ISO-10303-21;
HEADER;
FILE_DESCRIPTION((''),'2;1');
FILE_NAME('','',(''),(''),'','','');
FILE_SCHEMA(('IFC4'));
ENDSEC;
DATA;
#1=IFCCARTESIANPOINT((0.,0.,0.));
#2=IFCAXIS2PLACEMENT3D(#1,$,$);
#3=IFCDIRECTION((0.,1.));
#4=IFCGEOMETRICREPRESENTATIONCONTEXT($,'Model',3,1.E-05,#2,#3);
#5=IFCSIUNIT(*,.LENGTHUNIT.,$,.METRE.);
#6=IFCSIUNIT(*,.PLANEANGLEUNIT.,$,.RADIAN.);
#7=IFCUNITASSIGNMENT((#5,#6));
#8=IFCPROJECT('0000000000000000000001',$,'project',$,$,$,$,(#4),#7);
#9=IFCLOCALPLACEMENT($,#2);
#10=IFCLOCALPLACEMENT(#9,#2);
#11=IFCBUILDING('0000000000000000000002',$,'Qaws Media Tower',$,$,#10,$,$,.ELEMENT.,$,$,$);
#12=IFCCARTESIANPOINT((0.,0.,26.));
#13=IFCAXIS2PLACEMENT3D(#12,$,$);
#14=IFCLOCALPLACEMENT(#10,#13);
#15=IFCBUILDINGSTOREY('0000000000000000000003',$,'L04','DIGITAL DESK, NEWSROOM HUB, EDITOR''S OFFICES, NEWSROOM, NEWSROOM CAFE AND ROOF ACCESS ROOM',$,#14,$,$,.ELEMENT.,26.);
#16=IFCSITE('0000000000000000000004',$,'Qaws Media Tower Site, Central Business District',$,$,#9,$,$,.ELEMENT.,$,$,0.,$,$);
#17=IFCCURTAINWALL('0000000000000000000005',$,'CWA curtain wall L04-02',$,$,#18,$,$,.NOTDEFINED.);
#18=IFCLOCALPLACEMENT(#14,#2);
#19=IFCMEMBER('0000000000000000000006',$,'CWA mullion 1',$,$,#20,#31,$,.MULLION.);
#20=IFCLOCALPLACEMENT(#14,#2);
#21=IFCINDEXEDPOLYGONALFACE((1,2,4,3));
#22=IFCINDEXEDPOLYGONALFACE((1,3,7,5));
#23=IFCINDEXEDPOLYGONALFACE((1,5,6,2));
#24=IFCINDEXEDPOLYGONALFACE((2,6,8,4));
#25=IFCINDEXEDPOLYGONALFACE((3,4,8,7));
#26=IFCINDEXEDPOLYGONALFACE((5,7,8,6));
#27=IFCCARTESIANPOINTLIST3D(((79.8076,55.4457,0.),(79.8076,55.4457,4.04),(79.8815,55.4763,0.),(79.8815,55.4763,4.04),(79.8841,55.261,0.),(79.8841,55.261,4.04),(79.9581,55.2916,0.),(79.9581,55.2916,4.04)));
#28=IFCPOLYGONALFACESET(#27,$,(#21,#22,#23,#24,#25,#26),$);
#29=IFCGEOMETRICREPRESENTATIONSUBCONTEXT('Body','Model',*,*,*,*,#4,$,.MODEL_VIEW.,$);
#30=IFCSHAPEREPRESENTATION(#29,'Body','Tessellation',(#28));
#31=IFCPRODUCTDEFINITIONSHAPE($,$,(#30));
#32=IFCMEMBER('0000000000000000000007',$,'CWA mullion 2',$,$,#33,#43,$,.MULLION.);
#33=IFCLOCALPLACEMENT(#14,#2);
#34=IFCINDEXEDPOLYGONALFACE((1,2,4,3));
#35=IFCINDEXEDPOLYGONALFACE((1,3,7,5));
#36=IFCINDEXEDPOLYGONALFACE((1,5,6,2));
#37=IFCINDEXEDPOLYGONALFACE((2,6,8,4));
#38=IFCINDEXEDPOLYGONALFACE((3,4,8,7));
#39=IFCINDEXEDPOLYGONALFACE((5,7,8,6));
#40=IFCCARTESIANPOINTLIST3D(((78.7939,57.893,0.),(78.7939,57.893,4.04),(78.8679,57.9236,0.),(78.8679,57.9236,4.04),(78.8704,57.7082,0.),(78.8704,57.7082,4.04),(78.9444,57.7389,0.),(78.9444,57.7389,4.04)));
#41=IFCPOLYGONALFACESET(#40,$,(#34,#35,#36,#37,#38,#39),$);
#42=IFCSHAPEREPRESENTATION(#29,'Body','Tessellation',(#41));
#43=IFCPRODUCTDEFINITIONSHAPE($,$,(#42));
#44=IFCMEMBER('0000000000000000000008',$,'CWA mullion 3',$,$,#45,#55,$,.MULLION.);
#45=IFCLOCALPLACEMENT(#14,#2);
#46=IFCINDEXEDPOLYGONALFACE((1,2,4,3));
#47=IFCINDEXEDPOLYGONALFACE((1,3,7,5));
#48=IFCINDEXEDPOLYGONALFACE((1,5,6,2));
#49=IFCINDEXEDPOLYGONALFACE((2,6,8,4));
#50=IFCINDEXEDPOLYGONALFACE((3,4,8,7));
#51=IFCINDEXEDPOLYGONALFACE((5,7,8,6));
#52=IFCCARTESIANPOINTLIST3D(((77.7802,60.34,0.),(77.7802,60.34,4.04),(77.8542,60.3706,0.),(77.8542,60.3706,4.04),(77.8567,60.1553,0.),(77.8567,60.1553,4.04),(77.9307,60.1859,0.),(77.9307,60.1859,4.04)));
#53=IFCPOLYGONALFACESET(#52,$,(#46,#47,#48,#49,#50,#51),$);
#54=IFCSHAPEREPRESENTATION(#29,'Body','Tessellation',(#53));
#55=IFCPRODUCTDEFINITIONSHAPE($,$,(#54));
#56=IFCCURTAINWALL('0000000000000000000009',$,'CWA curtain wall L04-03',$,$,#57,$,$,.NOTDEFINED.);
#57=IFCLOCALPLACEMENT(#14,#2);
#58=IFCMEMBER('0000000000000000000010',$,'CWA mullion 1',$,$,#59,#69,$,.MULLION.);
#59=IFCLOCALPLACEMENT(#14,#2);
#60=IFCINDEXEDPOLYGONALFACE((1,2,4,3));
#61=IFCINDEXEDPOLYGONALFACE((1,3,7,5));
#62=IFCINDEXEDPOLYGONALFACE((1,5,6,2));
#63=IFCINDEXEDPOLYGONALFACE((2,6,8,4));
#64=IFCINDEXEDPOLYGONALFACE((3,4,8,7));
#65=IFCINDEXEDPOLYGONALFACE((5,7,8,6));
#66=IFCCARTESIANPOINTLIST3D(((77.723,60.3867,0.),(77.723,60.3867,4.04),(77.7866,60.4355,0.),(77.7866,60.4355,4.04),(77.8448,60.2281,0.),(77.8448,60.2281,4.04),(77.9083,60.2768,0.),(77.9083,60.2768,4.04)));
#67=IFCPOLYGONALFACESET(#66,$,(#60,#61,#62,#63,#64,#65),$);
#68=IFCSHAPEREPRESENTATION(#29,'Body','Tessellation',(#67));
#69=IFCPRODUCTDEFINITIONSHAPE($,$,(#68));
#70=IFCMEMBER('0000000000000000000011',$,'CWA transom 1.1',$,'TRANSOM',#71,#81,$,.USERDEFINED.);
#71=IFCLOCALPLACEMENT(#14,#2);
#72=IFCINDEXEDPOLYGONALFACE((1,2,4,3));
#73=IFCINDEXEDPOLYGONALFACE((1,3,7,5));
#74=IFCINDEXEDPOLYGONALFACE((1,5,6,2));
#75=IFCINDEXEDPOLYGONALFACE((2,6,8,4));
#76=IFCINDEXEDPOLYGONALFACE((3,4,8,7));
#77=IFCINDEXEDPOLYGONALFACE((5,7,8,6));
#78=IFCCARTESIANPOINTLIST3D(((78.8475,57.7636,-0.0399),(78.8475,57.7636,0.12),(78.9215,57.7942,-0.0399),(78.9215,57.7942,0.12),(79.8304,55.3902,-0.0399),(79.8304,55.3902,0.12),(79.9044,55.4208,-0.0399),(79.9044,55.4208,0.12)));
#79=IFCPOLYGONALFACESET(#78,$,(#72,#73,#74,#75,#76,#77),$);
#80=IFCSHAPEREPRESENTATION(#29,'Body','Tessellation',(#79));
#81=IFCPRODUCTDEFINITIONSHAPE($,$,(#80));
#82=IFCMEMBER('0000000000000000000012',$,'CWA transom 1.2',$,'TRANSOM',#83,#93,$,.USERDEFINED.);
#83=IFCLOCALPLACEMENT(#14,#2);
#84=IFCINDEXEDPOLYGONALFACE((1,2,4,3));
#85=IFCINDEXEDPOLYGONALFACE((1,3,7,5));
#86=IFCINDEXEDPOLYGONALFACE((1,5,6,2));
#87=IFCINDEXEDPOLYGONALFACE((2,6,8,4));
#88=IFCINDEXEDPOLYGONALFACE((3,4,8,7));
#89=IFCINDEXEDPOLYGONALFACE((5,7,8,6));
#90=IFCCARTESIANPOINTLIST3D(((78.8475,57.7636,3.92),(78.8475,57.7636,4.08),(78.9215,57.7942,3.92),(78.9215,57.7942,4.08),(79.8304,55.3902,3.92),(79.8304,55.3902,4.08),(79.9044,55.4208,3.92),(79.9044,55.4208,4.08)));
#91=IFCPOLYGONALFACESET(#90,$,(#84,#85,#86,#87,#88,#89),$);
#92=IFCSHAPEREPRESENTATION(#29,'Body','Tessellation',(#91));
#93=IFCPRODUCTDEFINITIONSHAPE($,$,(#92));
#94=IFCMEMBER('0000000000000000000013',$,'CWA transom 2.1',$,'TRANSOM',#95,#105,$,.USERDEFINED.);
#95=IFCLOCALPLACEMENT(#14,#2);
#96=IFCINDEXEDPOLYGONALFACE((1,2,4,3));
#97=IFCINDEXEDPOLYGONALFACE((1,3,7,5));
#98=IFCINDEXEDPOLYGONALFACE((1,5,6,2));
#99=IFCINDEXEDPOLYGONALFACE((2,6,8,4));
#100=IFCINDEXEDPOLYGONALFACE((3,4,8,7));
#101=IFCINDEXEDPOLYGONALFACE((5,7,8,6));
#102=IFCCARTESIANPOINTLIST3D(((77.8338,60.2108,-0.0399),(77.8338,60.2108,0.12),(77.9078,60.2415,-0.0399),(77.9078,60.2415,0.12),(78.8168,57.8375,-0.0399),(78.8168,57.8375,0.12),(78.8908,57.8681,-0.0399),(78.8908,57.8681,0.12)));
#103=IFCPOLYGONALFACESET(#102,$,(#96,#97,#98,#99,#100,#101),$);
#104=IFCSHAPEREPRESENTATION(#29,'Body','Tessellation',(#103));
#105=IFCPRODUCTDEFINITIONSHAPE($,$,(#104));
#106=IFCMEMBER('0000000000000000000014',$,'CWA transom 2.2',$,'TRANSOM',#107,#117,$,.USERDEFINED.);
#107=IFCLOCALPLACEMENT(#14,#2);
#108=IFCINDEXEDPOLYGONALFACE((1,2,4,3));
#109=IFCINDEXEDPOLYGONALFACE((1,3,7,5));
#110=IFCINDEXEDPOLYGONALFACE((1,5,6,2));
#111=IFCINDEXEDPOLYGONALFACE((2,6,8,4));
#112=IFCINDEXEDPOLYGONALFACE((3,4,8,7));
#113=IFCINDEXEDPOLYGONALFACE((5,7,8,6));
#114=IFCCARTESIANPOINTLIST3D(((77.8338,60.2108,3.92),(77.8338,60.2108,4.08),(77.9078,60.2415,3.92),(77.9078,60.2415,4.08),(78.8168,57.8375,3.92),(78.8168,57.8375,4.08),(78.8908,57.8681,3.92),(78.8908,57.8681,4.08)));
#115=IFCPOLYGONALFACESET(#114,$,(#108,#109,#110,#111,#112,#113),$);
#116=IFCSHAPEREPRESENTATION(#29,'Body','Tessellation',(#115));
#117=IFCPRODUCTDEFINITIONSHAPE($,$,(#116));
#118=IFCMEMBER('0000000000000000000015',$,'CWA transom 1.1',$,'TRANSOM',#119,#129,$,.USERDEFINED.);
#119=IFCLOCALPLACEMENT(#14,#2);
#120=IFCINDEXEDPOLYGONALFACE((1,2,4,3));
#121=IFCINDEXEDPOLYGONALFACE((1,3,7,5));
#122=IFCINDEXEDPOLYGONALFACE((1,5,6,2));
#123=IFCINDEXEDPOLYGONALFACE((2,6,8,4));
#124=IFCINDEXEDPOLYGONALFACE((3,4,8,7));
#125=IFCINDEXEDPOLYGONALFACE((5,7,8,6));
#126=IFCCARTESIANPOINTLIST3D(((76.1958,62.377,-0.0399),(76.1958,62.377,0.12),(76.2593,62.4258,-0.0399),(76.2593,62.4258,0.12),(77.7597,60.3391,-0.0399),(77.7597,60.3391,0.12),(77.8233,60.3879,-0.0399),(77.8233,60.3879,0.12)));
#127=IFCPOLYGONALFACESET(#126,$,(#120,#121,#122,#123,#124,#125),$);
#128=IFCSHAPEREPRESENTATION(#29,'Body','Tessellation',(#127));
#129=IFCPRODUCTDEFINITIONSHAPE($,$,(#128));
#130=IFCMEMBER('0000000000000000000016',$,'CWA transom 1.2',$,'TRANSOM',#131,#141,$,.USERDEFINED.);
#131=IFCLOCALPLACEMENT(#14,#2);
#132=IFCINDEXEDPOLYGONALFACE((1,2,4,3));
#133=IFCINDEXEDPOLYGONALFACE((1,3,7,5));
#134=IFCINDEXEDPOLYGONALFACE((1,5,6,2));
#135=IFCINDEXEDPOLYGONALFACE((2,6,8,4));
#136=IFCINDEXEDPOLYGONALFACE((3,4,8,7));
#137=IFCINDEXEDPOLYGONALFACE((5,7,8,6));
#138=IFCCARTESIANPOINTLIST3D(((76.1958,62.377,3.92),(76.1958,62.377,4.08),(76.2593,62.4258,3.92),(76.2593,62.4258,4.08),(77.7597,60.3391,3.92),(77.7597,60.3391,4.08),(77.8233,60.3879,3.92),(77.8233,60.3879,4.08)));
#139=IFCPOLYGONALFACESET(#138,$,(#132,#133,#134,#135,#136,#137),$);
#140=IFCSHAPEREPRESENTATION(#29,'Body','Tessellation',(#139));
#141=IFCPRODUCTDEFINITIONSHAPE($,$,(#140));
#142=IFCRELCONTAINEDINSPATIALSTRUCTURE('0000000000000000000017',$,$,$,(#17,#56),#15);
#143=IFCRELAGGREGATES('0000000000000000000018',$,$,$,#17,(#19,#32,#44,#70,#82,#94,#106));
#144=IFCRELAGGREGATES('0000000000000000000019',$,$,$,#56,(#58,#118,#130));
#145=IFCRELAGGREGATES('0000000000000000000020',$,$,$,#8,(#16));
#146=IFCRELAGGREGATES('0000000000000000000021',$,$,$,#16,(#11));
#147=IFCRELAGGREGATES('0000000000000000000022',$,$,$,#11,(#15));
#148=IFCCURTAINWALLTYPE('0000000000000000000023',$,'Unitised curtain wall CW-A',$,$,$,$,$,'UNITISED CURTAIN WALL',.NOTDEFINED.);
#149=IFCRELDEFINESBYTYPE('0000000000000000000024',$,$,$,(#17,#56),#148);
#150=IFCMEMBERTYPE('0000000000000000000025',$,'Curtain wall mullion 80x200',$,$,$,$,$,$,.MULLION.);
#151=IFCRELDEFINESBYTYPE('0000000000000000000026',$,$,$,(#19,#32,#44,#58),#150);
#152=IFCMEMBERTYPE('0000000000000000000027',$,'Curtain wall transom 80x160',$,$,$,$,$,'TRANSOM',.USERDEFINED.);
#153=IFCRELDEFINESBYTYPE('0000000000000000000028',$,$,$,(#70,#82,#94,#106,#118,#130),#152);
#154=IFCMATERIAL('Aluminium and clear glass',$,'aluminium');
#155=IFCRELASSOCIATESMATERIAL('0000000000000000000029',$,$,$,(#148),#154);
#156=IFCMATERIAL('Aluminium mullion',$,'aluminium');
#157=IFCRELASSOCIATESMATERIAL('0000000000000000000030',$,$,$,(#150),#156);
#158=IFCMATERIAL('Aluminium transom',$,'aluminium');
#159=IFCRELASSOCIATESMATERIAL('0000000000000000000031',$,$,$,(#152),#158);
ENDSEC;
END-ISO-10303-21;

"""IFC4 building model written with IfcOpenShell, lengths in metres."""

from ifc_helpers import new_model, si_unit, direction, frame, origin, origin_2d, place, context, subcontext, project, spatial, rectangle, extrude, material, material_profile, profile_set, type_object, element, aggregate, save


model = new_model("IFC4")

# Units and contexts
model_context = context("Model", 3, precision=1e-05, world=origin(), true_north=direction((0.0, 1.0)))
body_context = subcontext(model_context, "Body", "Model", "MODEL_VIEW")
ifc_project = project(units=[si_unit("LENGTHUNIT", "METRE"), si_unit("PLANEANGLEUNIT", "RADIAN")], contexts=[model_context])

# Site, building, storey
site_placement = place(None, origin())
site = spatial("IfcSite", under=ifc_project, at=site_placement, Name="Qaws Media Tower Site, Central Business District", CompositionType="ELEMENT", RefElevation=0.0)
building_placement = place(site_placement, origin())
building = spatial("IfcBuilding", under=site, at=building_placement, Name="Qaws Media Tower", CompositionType="ELEMENT")
storey_placement = place(building_placement, frame((0.0, 0.0, 26.0)))
storey = spatial("IfcBuildingStorey", under=building, at=storey_placement, Name="L04", Description="DIGITAL DESK, NEWSROOM HUB, EDITOR'S OFFICES, NEWSROOM, NEWSROOM CAFE AND ROOF ACCESS ROOM", CompositionType="ELEMENT", Elevation=26.0)

# Curtain wall, members
ifc_material_1 = material(Name="Aluminium and clear glass", Category="aluminium")
curtain_wall_type = type_object("IfcCurtainWallType", Name="Unitised curtain wall CW-A", ElementType="UNITISED CURTAIN WALL", PredefinedType="NOTDEFINED", material=ifc_material_1)
curtain_wall_1_placement = place(storey_placement, origin())
curtain_wall_1 = element("IfcCurtainWall", 1, at=curtain_wall_1_placement, inside=storey, type_object=curtain_wall_type, Name="CWA curtain wall L04-02", PredefinedType="NOTDEFINED")
ifc_material_2 = material(Name="Aluminium mullion", Category="aluminium")
ifc_material_profile_1 = material_profile(ifc_material_2, rectangle(XDim=0.0801, YDim=0.2, at=origin_2d()), Name="80x200")
ifc_profile_set_1 = profile_set([ifc_material_profile_1], Name="Aluminium mullion")
member_type_1 = type_object("IfcMemberType", Name="Curtain wall mullion 80x200", PredefinedType="MULLION", material=ifc_profile_set_1)
member_1_placement = place(storey_placement, frame((79.8828, 55.3687, 0.0), z_axis=(0.0, 0.0, 1.0), x_axis=(-0.92388, -0.382683, 0.0)))
member_1 = element("IfcMember", 2, at=member_1_placement, type_object=member_type_1, Name="CWA mullion 1", PredefinedType="MULLION", context=body_context, shape_type="SweptSolid", body=[
    extrude(rectangle(XDim=0.0801, YDim=0.2, at=origin_2d()), origin(), (0.0, 0.0, 1.0), 4.04),
])
member_2_placement = place(storey_placement, frame((78.8691, 57.8159, 0.0), z_axis=(0.0, 0.0, 1.0), x_axis=(-0.92388, -0.382683, 0.0)))
member_2 = element("IfcMember", 3, at=member_2_placement, type_object=member_type_1, Name="CWA mullion 2", PredefinedType="MULLION", context=body_context, shape_type="SweptSolid", body=[
    extrude(rectangle(XDim=0.0801, YDim=0.2, at=origin_2d()), origin(), (0.0, 0.0, 1.0), 4.04),
])
member_3_placement = place(storey_placement, frame((77.8555, 60.2629, 0.0), z_axis=(0.0, 0.0, 1.0), x_axis=(-0.92388, -0.382683, 0.0)))
member_3 = element("IfcMember", 4, at=member_3_placement, type_object=member_type_1, Name="CWA mullion 3", PredefinedType="MULLION", context=body_context, shape_type="SweptSolid", body=[
    extrude(rectangle(XDim=0.0801, YDim=0.2, at=origin_2d()), origin(), (0.0, 0.0, 1.0), 4.04),
])

# Curtain wall, member
curtain_wall_2_placement = place(storey_placement, origin())
curtain_wall_2 = element("IfcCurtainWall", 5, at=curtain_wall_2_placement, inside=storey, type_object=curtain_wall_type, Name="CWA curtain wall L04-03", PredefinedType="NOTDEFINED")
member_4_placement = place(storey_placement, frame((77.8157, 60.3318, 0.0), z_axis=(0.0, 0.0, 1.0), x_axis=(-0.793353, -0.608761, 0.0)))
member_4 = element("IfcMember", 6, at=member_4_placement, type_object=member_type_1, Name="CWA mullion 1", PredefinedType="MULLION", context=body_context, shape_type="SweptSolid", body=[
    extrude(rectangle(XDim=0.0801, YDim=0.2, at=origin_2d()), origin(), (0.0, 0.0, 1.0), 4.04),
])

# Members
ifc_material_3 = material(Name="Aluminium transom", Category="aluminium")
ifc_material_profile_2 = material_profile(ifc_material_3, rectangle(XDim=0.0801, YDim=0.1599, at=origin_2d()), Name="80x160")
ifc_profile_set_2 = profile_set([ifc_material_profile_2], Name="Aluminium transom")
member_type_2 = type_object("IfcMemberType", Name="Curtain wall transom 80x160", ElementType="TRANSOM", PredefinedType="USERDEFINED", material=ifc_profile_set_2)
member_5_placement = place(storey_placement, frame((79.8674, 55.4055, 0.04), z_axis=(-0.382637, 0.923899, 0.0), x_axis=(-0.923899, -0.382637, 0.0)))
member_5 = element("IfcMember", 7, at=member_5_placement, type_object=member_type_2, Name="CWA transom 1.1", ObjectType="TRANSOM", PredefinedType="USERDEFINED", context=body_context, shape_type="SweptSolid", body=[
    extrude(rectangle(XDim=0.0801, YDim=0.1599, at=origin_2d()), origin(), (0.0, 0.0, 1.0), 2.5688),
])
member_6_placement = place(storey_placement, frame((79.8674, 55.4055, 4.0), z_axis=(-0.382637, 0.923899, 0.0), x_axis=(-0.923899, -0.382637, 0.0)))
member_6 = element("IfcMember", 8, at=member_6_placement, type_object=member_type_2, Name="CWA transom 1.2", ObjectType="TRANSOM", PredefinedType="USERDEFINED", context=body_context, shape_type="SweptSolid", body=[
    extrude(rectangle(XDim=0.0801, YDim=0.1599, at=origin_2d()), origin(), (0.0, 0.0, 1.0), 2.5688),
])
member_7_placement = place(storey_placement, frame((78.8538, 57.8528, 0.04), z_axis=(-0.382637, 0.923899, 0.0), x_axis=(-0.923899, -0.382637, 0.0)))
member_7 = element("IfcMember", 9, at=member_7_placement, type_object=member_type_2, Name="CWA transom 2.1", ObjectType="TRANSOM", PredefinedType="USERDEFINED", context=body_context, shape_type="SweptSolid", body=[
    extrude(rectangle(XDim=0.0801, YDim=0.1599, at=origin_2d()), origin(), (0.0, 0.0, 1.0), 2.5688),
])
member_8_placement = place(storey_placement, frame((78.8538, 57.8528, 4.0), z_axis=(-0.382637, 0.923899, 0.0), x_axis=(-0.923899, -0.382637, 0.0)))
member_8 = element("IfcMember", 10, at=member_8_placement, type_object=member_type_2, Name="CWA transom 2.2", ObjectType="TRANSOM", PredefinedType="USERDEFINED", context=body_context, shape_type="SweptSolid", body=[
    extrude(rectangle(XDim=0.0801, YDim=0.1599, at=origin_2d()), origin(), (0.0, 0.0, 1.0), 2.5688),
])
member_9_placement = place(storey_placement, frame((77.7915, 60.3635, 0.04), z_axis=(-0.608829, 0.793302, 0.0), x_axis=(-0.793302, -0.608829, 0.0)))
member_9 = element("IfcMember", 11, at=member_9_placement, type_object=member_type_2, Name="CWA transom 1.1", ObjectType="TRANSOM", PredefinedType="USERDEFINED", context=body_context, shape_type="SweptSolid", body=[
    extrude(rectangle(XDim=0.0801, YDim=0.1599, at=origin_2d()), origin(), (0.0, 0.0, 1.0), 2.5688),
])
member_10_placement = place(storey_placement, frame((77.7915, 60.3635, 4.0), z_axis=(-0.608829, 0.793302, 0.0), x_axis=(-0.793302, -0.608829, 0.0)))
member_10 = element("IfcMember", 12, at=member_10_placement, type_object=member_type_2, Name="CWA transom 1.2", ObjectType="TRANSOM", PredefinedType="USERDEFINED", context=body_context, shape_type="SweptSolid", body=[
    extrude(rectangle(XDim=0.0801, YDim=0.1599, at=origin_2d()), origin(), (0.0, 0.0, 1.0), 2.5688),
])

aggregate(curtain_wall_1, [member_1, member_2, member_3, member_5, member_6, member_7, member_8])
aggregate(curtain_wall_2, [member_4, member_9, member_10])

save(model, "model.ifc")
